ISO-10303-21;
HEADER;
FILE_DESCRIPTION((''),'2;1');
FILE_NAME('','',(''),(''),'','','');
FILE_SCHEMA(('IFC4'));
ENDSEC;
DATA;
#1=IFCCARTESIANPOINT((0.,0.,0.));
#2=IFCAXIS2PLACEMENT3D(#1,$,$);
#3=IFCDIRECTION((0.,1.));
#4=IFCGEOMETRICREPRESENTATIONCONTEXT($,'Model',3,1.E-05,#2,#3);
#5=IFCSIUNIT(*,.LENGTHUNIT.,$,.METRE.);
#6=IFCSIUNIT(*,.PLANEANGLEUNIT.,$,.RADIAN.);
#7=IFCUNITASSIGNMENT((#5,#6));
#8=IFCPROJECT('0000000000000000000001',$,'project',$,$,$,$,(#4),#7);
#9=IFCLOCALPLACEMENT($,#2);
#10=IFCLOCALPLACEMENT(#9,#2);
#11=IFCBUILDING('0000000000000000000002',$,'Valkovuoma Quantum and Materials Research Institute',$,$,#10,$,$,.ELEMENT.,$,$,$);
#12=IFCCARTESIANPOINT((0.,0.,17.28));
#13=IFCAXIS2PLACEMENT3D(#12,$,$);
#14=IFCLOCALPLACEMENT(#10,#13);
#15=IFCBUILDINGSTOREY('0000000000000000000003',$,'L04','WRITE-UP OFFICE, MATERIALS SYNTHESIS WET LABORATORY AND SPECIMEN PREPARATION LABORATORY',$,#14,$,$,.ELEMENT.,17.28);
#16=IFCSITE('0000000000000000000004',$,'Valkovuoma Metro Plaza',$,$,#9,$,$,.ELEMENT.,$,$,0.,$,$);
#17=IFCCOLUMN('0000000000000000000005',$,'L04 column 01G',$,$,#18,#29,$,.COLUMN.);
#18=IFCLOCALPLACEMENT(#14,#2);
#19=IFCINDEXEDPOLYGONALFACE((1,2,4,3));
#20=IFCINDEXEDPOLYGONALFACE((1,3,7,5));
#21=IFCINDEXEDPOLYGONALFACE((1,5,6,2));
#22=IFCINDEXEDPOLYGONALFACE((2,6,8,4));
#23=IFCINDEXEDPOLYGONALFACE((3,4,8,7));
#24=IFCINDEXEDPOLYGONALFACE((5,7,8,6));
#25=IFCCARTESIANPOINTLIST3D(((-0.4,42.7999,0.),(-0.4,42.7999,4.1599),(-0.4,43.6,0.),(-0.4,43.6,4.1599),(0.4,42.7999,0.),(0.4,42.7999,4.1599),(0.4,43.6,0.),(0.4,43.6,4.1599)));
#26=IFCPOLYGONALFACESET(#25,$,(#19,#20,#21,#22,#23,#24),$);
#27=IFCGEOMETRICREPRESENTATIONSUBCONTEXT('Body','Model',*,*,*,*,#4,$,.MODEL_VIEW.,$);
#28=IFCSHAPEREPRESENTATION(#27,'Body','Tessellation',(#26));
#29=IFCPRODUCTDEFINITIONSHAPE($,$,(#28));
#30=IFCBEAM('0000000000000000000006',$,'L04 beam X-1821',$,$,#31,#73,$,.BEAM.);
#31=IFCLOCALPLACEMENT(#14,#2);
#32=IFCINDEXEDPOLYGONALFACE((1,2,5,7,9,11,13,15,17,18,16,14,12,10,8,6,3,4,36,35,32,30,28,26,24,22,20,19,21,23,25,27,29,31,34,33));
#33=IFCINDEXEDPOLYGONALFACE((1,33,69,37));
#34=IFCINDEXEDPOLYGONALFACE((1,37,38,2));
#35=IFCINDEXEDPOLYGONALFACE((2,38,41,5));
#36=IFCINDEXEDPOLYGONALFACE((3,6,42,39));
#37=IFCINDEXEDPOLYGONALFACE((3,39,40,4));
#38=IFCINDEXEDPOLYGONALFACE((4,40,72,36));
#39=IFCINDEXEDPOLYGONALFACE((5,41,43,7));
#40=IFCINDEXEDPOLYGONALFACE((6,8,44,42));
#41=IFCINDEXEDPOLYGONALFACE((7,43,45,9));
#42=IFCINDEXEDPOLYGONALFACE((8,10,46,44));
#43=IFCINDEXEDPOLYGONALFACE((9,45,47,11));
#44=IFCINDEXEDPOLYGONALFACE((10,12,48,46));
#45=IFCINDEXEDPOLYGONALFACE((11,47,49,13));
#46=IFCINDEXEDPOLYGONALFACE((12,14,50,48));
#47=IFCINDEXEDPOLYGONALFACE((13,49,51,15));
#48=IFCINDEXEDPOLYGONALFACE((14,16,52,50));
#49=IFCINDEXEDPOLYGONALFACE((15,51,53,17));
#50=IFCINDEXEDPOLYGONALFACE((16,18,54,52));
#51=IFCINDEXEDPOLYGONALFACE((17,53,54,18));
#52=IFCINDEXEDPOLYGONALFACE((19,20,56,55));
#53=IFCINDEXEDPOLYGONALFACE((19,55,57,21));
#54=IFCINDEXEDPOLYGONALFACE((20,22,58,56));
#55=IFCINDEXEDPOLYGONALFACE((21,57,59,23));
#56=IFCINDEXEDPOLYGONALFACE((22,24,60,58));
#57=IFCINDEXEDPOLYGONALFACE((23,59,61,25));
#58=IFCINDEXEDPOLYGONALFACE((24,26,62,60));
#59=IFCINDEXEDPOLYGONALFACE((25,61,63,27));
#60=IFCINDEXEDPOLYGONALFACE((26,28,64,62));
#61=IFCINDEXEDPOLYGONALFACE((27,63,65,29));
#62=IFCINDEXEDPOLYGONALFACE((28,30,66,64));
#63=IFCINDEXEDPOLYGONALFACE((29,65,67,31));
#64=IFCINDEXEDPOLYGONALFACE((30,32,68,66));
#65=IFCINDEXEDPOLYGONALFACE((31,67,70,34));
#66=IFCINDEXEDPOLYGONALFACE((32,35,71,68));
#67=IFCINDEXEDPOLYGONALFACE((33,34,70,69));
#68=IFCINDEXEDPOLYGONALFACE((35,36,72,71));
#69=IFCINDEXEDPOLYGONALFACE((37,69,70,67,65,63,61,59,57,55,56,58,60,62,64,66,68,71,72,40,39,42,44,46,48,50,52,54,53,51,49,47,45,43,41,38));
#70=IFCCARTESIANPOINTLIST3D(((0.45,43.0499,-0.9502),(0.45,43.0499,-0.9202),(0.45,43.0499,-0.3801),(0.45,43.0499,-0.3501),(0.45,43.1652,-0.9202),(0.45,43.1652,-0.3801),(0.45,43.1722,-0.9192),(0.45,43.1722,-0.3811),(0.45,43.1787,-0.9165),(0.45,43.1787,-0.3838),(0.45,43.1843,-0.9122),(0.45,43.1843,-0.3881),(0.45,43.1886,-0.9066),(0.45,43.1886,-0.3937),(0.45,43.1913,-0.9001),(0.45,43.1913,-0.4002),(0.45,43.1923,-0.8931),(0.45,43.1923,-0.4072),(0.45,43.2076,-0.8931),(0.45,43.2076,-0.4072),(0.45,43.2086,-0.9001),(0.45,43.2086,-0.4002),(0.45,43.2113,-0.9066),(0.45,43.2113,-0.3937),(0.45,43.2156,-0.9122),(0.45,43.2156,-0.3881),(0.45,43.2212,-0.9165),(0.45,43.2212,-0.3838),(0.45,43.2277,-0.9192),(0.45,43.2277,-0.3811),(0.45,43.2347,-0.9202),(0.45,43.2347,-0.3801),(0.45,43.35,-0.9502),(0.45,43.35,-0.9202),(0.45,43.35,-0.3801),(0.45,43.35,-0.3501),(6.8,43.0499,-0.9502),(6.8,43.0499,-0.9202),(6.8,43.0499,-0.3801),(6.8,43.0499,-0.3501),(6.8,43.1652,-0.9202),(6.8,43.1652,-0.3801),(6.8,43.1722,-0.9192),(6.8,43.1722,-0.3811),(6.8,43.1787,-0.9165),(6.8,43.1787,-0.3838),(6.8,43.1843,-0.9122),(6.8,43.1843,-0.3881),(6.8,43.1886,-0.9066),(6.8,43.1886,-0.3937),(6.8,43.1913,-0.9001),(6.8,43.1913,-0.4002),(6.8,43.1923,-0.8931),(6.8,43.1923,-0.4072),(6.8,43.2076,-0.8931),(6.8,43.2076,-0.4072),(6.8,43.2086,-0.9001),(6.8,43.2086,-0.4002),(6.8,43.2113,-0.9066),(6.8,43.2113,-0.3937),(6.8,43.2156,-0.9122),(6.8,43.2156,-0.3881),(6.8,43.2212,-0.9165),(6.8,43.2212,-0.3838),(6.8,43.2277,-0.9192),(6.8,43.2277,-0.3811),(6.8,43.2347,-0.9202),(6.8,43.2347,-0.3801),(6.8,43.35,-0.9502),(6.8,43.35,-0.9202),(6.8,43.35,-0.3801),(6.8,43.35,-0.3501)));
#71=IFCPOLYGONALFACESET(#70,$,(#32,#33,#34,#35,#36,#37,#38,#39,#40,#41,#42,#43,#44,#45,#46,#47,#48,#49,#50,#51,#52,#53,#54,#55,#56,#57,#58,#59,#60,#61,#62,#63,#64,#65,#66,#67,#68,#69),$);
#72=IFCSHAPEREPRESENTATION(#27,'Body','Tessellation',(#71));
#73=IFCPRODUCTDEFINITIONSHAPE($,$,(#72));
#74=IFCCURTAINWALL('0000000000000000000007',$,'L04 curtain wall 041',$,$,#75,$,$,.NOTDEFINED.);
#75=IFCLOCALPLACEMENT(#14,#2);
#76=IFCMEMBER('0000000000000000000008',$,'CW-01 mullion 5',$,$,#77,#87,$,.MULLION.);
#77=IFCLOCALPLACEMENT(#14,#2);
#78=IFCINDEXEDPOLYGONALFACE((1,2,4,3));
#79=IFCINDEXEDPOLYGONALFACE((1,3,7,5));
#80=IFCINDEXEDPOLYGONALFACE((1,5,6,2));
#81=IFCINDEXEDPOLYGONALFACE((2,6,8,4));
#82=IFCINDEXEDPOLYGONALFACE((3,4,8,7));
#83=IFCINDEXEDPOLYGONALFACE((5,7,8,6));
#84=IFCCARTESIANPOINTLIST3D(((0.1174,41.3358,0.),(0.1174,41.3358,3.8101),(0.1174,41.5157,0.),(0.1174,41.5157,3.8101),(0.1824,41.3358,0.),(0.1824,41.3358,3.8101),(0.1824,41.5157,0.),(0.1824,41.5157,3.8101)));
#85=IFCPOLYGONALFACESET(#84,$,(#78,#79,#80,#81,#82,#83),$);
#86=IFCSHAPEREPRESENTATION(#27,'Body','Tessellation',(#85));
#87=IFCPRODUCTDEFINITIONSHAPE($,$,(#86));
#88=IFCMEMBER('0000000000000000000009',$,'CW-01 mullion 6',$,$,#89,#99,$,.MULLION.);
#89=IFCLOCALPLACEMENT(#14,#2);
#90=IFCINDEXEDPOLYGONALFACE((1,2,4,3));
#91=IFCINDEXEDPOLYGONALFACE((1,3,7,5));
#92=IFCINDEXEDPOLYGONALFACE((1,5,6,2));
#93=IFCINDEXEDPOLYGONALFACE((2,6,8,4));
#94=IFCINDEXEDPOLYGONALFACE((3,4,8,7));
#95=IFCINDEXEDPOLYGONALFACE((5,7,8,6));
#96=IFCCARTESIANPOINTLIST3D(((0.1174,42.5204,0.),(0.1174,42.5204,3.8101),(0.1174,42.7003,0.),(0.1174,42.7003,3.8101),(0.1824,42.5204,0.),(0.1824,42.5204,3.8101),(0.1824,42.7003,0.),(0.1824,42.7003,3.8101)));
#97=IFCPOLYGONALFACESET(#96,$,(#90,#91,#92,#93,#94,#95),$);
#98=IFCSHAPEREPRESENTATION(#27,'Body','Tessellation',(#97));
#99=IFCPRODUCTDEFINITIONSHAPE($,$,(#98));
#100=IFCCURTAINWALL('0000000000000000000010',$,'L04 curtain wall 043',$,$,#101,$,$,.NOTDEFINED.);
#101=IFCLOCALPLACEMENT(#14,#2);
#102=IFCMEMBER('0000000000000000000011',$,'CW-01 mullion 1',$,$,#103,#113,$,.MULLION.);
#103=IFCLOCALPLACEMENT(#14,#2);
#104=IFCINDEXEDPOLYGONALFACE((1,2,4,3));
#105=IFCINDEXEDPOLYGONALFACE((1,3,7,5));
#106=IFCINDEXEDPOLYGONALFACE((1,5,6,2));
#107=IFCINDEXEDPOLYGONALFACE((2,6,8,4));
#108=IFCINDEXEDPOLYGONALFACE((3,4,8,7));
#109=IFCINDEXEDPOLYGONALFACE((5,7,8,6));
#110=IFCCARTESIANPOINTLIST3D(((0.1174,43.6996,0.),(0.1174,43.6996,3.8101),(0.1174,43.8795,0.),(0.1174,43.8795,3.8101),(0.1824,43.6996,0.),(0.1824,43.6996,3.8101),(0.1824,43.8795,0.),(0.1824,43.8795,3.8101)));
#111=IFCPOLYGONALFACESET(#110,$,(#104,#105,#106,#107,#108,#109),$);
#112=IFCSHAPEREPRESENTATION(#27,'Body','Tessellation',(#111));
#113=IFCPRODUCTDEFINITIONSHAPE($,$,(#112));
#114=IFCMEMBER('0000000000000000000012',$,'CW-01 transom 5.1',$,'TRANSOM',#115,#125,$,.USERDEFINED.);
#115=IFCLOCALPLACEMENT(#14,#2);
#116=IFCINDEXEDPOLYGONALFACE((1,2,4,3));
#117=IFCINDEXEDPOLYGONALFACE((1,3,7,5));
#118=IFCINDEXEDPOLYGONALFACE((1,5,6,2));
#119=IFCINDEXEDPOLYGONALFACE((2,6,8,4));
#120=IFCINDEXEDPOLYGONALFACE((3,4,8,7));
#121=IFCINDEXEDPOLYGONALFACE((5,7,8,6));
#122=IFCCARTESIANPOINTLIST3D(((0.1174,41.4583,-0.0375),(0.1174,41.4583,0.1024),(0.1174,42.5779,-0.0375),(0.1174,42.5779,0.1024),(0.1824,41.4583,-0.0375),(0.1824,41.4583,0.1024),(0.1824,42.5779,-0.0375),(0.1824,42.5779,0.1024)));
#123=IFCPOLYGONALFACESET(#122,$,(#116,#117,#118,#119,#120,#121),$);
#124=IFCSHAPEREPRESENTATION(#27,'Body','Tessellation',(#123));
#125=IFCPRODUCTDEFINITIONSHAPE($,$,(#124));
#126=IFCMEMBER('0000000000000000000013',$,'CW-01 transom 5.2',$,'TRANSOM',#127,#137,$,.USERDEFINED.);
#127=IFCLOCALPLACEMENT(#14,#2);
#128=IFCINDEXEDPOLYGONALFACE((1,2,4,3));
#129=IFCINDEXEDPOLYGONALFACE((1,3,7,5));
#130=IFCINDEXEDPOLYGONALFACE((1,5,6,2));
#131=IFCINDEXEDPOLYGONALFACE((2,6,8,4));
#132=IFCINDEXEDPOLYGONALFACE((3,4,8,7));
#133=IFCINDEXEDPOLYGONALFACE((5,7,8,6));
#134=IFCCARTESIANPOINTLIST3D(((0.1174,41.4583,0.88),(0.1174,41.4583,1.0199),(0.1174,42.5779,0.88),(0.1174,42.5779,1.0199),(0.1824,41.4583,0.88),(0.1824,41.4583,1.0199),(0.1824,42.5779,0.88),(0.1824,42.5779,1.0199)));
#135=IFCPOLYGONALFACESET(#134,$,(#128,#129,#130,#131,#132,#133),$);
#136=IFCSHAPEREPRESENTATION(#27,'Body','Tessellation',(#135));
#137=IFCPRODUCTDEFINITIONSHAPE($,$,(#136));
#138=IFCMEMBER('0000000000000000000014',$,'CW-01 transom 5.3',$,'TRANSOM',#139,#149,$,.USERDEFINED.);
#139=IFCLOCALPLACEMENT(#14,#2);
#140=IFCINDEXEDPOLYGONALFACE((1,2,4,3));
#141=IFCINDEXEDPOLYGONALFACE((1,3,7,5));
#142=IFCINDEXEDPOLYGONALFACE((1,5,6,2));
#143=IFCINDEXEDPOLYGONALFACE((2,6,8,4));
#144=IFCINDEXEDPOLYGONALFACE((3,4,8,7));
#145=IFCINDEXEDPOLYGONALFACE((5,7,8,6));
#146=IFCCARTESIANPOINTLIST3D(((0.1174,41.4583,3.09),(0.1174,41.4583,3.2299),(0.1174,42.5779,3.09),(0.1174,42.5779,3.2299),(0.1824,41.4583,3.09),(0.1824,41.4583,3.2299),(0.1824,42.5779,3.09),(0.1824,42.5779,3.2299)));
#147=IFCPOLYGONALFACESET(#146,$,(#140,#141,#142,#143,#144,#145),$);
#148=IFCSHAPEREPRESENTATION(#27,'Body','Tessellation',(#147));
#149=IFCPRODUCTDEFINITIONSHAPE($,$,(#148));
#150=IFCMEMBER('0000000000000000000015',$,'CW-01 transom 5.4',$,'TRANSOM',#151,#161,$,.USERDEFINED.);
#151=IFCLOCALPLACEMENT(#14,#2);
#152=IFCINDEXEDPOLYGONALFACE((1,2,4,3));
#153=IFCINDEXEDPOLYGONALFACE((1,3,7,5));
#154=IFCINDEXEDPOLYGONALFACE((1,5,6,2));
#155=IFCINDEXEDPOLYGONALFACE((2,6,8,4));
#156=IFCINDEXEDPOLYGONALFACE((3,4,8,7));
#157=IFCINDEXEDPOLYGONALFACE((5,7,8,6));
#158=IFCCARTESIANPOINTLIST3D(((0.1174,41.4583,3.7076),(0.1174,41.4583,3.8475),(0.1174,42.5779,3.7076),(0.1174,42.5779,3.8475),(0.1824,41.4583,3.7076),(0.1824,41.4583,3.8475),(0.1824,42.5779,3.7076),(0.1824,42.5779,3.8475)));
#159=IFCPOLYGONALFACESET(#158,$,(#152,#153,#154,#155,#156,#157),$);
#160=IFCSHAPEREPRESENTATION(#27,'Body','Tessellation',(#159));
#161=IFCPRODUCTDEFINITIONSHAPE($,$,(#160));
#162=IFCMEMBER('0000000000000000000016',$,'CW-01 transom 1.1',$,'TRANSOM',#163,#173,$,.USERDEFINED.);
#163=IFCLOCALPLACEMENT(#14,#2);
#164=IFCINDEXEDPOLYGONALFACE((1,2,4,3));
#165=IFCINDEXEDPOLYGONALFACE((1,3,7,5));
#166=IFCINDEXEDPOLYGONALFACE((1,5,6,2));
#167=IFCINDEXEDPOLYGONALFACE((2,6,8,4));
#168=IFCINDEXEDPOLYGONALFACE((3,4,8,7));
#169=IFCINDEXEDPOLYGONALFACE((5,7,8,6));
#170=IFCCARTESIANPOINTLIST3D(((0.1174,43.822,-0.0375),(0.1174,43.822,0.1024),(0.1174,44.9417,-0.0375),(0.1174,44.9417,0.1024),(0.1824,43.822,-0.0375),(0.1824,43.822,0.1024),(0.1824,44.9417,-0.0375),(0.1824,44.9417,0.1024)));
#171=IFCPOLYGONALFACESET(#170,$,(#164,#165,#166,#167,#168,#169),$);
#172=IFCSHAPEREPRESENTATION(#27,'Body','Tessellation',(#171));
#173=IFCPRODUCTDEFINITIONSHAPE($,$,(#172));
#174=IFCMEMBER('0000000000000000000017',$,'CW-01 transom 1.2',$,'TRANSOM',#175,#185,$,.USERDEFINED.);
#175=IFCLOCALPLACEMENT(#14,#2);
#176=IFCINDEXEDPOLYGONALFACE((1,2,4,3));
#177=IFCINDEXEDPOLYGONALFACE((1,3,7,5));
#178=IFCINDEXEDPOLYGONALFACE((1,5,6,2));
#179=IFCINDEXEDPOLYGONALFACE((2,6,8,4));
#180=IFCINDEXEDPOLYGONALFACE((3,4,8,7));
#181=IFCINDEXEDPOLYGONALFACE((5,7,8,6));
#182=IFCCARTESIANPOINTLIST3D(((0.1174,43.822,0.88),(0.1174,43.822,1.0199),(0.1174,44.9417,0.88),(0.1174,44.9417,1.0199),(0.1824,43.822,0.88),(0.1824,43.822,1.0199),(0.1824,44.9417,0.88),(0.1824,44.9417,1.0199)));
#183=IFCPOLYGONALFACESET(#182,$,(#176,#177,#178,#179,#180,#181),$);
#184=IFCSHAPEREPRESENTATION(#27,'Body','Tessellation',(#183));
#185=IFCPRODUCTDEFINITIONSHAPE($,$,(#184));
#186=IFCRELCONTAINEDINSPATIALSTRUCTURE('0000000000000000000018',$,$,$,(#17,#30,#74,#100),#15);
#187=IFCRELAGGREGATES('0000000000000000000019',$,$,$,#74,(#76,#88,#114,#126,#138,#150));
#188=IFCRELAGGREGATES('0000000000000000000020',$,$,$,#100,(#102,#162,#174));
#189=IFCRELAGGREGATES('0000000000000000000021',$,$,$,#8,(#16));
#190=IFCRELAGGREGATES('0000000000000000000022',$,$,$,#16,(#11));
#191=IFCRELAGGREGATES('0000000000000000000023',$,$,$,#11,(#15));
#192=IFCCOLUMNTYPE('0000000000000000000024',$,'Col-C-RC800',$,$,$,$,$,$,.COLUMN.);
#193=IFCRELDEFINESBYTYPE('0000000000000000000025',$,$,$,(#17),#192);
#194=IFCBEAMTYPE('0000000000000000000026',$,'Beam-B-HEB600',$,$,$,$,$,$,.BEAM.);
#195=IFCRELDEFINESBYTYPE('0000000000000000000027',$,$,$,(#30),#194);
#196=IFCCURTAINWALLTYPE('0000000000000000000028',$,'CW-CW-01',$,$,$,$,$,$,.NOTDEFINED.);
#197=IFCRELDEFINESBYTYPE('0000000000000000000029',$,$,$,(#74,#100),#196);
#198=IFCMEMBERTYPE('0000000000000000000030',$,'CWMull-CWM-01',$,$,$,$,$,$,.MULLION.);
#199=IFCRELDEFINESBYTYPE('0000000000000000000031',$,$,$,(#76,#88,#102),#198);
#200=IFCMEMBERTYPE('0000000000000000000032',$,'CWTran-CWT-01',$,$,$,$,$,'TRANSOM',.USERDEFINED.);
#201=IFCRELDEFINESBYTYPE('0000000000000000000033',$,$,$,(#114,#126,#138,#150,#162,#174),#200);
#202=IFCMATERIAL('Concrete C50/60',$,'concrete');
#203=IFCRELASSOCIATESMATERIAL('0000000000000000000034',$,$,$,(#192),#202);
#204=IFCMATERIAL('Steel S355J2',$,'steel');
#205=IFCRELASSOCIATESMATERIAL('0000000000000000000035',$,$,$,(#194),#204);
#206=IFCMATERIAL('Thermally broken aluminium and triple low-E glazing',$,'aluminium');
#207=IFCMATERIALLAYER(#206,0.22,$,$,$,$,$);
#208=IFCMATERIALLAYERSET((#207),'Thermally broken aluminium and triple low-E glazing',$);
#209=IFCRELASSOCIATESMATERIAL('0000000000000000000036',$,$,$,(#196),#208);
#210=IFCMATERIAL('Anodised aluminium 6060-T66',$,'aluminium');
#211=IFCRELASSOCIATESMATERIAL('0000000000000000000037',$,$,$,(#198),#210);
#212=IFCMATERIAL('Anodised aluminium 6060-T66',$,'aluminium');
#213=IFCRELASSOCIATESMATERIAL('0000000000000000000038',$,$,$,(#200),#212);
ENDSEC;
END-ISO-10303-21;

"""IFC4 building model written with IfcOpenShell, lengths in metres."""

from ifc_helpers import new_model, si_unit, direction, frame, origin, origin_2d, place, context, subcontext, project, spatial, rectangle, i_section, extrude, material, layer, layer_set, material_profile, profile_set, type_object, element, aggregate, save


model = new_model("IFC4")

# Units and contexts
model_context = context("Model", 3, precision=1e-05, world=origin(), true_north=direction((0.0, 1.0)))
body_context = subcontext(model_context, "Body", "Model", "MODEL_VIEW")
ifc_project = project(units=[si_unit("LENGTHUNIT", "METRE"), si_unit("PLANEANGLEUNIT", "RADIAN")], contexts=[model_context])

# Site, building, storey
site_placement = place(None, origin())
site = spatial("IfcSite", under=ifc_project, at=site_placement, Name="Valkovuoma Metro Plaza", CompositionType="ELEMENT", RefElevation=0.0)
building_placement = place(site_placement, origin())
building = spatial("IfcBuilding", under=site, at=building_placement, Name="Valkovuoma Quantum and Materials Research Institute", CompositionType="ELEMENT")
storey_placement = place(building_placement, frame((0.0, 0.0, 17.28)))
storey = spatial("IfcBuildingStorey", under=building, at=storey_placement, Name="L04", Description="WRITE-UP OFFICE, MATERIALS SYNTHESIS WET LABORATORY AND SPECIMEN PREPARATION LABORATORY", CompositionType="ELEMENT", Elevation=17.28)

# Column
ifc_material_1 = material(Name="Concrete C50/60", Category="concrete")
ifc_material_profile_1 = material_profile(ifc_material_1, rectangle(XDim=0.8, YDim=0.8, at=origin_2d()), Name="Concrete C50/60")
ifc_profile_set_1 = profile_set([ifc_material_profile_1], Name="Concrete C50/60")
column_type = type_object("IfcColumnType", Name="Col-C-RC800", PredefinedType="COLUMN", material=ifc_profile_set_1)
column_placement = place(storey_placement, frame((0.0, 43.2, 0.0), z_axis=(0.0, 0.0, 1.0), x_axis=(1.0, 0.0, 0.0)))
element("IfcColumn", 1, at=column_placement, inside=storey, type_object=column_type, Name="L04 column 01G", PredefinedType="COLUMN", context=body_context, shape_type="SweptSolid", body=[
    extrude(rectangle(XDim=0.8, YDim=0.8, at=origin_2d()), origin(), (0.0, 0.0, 1.0), 4.1599),
])

# Beam
ifc_material_2 = material(Name="Steel S355J2", Category="steel")
ifc_material_profile_2 = material_profile(ifc_material_2, i_section(OverallWidth=0.3, OverallDepth=0.6001, WebThickness=0.0154, FlangeThickness=0.03, FilletRadius=0.0271, at=origin_2d()), Name="Steel S355J2")
ifc_profile_set_2 = profile_set([ifc_material_profile_2], Name="Steel S355J2")
beam_type = type_object("IfcBeamType", Name="Beam-B-HEB600", PredefinedType="BEAM", material=ifc_profile_set_2)
beam_placement = place(storey_placement, frame((0.45, 43.2, -0.6501), z_axis=(1.0, 0.0, 0.0), x_axis=(0.0, 1.0, 0.0)))
element("IfcBeam", 2, at=beam_placement, inside=storey, type_object=beam_type, Name="L04 beam X-1821", PredefinedType="BEAM", context=body_context, shape_type="SweptSolid", body=[
    extrude(i_section(OverallWidth=0.3, OverallDepth=0.6001, WebThickness=0.0154, FlangeThickness=0.03, FilletRadius=0.0271, at=origin_2d()), origin(), (0.0, 0.0, 1.0), 6.3501),
])

# Curtain wall, members
ifc_material_3 = material(Name="Thermally broken aluminium and triple low-E glazing", Category="aluminium")
ifc_layer_1 = layer(ifc_material_3, 0.22)
ifc_layer_set_1 = layer_set([ifc_layer_1], Name="Thermally broken aluminium and triple low-E glazing")
curtain_wall_type = type_object("IfcCurtainWallType", Name="CW-CW-01", PredefinedType="NOTDEFINED", material=ifc_layer_set_1)
curtain_wall_1_placement = place(storey_placement, origin())
curtain_wall_1 = element("IfcCurtainWall", 3, at=curtain_wall_1_placement, inside=storey, type_object=curtain_wall_type, Name="L04 curtain wall 041", PredefinedType="NOTDEFINED")
ifc_material_4 = material(Name="Anodised aluminium 6060-T66", Category="aluminium")
ifc_material_profile_3 = material_profile(ifc_material_4, rectangle(XDim=0.0649, YDim=0.1799, at=origin_2d()), Name="Anodised aluminium 6060-T66")
ifc_profile_set_3 = profile_set([ifc_material_profile_3], Name="Anodised aluminium 6060-T66")
member_type_1 = type_object("IfcMemberType", Name="CWMull-CWM-01", PredefinedType="MULLION", material=ifc_profile_set_3)
member_1_placement = place(storey_placement, frame((0.1499, 41.4258, 0.0), z_axis=(0.0, 0.0, 1.0), x_axis=(-1.0, 0.0, 0.0)))
member_1 = element("IfcMember", 4, at=member_1_placement, type_object=member_type_1, Name="CW-01 mullion 5", PredefinedType="MULLION", context=body_context, shape_type="SweptSolid", body=[
    extrude(rectangle(XDim=0.0649, YDim=0.1799, at=origin_2d()), origin(), (0.0, 0.0, 1.0), 3.8101),
])
member_2_placement = place(storey_placement, frame((0.1499, 42.6104, 0.0), z_axis=(0.0, 0.0, 1.0), x_axis=(-1.0, 0.0, 0.0)))
member_2 = element("IfcMember", 5, at=member_2_placement, type_object=member_type_1, Name="CW-01 mullion 6", PredefinedType="MULLION", context=body_context, shape_type="SweptSolid", body=[
    extrude(rectangle(XDim=0.0649, YDim=0.1799, at=origin_2d()), origin(), (0.0, 0.0, 1.0), 3.8101),
])

# Curtain wall, member
curtain_wall_2_placement = place(storey_placement, origin())
curtain_wall_2 = element("IfcCurtainWall", 6, at=curtain_wall_2_placement, inside=storey, type_object=curtain_wall_type, Name="L04 curtain wall 043", PredefinedType="NOTDEFINED")
member_3_placement = place(storey_placement, frame((0.1499, 43.7896, 0.0), z_axis=(0.0, 0.0, 1.0), x_axis=(-1.0, 0.0, 0.0)))
member_3 = element("IfcMember", 7, at=member_3_placement, type_object=member_type_1, Name="CW-01 mullion 1", PredefinedType="MULLION", context=body_context, shape_type="SweptSolid", body=[
    extrude(rectangle(XDim=0.0649, YDim=0.1799, at=origin_2d()), origin(), (0.0, 0.0, 1.0), 3.8101),
])

# Members
ifc_material_5 = material(Name="Anodised aluminium 6060-T66", Category="aluminium")
ifc_material_profile_4 = material_profile(ifc_material_5, rectangle(XDim=0.0649, YDim=0.1399, at=origin_2d()), Name="Anodised aluminium 6060-T66")
ifc_profile_set_4 = profile_set([ifc_material_profile_4], Name="Anodised aluminium 6060-T66")
member_type_2 = type_object("IfcMemberType", Name="CWTran-CWT-01", ElementType="TRANSOM", PredefinedType="USERDEFINED", material=ifc_profile_set_4)
member_4_placement = place(storey_placement, frame((0.1499, 41.4583, 0.0325), z_axis=(0.0, 1.0, 0.0), x_axis=(-1.0, 0.0, 0.0)))
member_4 = element("IfcMember", 8, at=member_4_placement, type_object=member_type_2, Name="CW-01 transom 5.1", ObjectType="TRANSOM", PredefinedType="USERDEFINED", context=body_context, shape_type="SweptSolid", body=[
    extrude(rectangle(XDim=0.0649, YDim=0.1399, at=origin_2d()), origin(), (0.0, 0.0, 1.0), 1.1196),
])
member_5_placement = place(storey_placement, frame((0.1499, 41.4583, 0.95), z_axis=(0.0, 1.0, 0.0), x_axis=(-1.0, 0.0, 0.0)))
member_5 = element("IfcMember", 9, at=member_5_placement, type_object=member_type_2, Name="CW-01 transom 5.2", ObjectType="TRANSOM", PredefinedType="USERDEFINED", context=body_context, shape_type="SweptSolid", body=[
    extrude(rectangle(XDim=0.0649, YDim=0.1399, at=origin_2d()), origin(), (0.0, 0.0, 1.0), 1.1196),
])
member_6_placement = place(storey_placement, frame((0.1499, 41.4583, 3.1599), z_axis=(0.0, 1.0, 0.0), x_axis=(-1.0, 0.0, 0.0)))
member_6 = element("IfcMember", 10, at=member_6_placement, type_object=member_type_2, Name="CW-01 transom 5.3", ObjectType="TRANSOM", PredefinedType="USERDEFINED", context=body_context, shape_type="SweptSolid", body=[
    extrude(rectangle(XDim=0.0649, YDim=0.1399, at=origin_2d()), origin(), (0.0, 0.0, 1.0), 1.1196),
])
member_7_placement = place(storey_placement, frame((0.1499, 41.4583, 3.7776), z_axis=(0.0, 1.0, 0.0), x_axis=(-1.0, 0.0, 0.0)))
member_7 = element("IfcMember", 11, at=member_7_placement, type_object=member_type_2, Name="CW-01 transom 5.4", ObjectType="TRANSOM", PredefinedType="USERDEFINED", context=body_context, shape_type="SweptSolid", body=[
    extrude(rectangle(XDim=0.0649, YDim=0.1399, at=origin_2d()), origin(), (0.0, 0.0, 1.0), 1.1196),
])
member_8_placement = place(storey_placement, frame((0.1499, 43.822, 0.0325), z_axis=(0.0, 1.0, 0.0), x_axis=(-1.0, 0.0, 0.0)))
member_8 = element("IfcMember", 12, at=member_8_placement, type_object=member_type_2, Name="CW-01 transom 1.1", ObjectType="TRANSOM", PredefinedType="USERDEFINED", context=body_context, shape_type="SweptSolid", body=[
    extrude(rectangle(XDim=0.0649, YDim=0.1399, at=origin_2d()), origin(), (0.0, 0.0, 1.0), 1.1196),
])
member_9_placement = place(storey_placement, frame((0.1499, 43.822, 0.95), z_axis=(0.0, 1.0, 0.0), x_axis=(-1.0, 0.0, 0.0)))
member_9 = element("IfcMember", 13, at=member_9_placement, type_object=member_type_2, Name="CW-01 transom 1.2", ObjectType="TRANSOM", PredefinedType="USERDEFINED", context=body_context, shape_type="SweptSolid", body=[
    extrude(rectangle(XDim=0.0649, YDim=0.1399, at=origin_2d()), origin(), (0.0, 0.0, 1.0), 1.1196),
])

aggregate(curtain_wall_1, [member_1, member_2, member_4, member_5, member_6, member_7])
aggregate(curtain_wall_2, [member_3, member_8, member_9])

save(model, "model.ifc")
